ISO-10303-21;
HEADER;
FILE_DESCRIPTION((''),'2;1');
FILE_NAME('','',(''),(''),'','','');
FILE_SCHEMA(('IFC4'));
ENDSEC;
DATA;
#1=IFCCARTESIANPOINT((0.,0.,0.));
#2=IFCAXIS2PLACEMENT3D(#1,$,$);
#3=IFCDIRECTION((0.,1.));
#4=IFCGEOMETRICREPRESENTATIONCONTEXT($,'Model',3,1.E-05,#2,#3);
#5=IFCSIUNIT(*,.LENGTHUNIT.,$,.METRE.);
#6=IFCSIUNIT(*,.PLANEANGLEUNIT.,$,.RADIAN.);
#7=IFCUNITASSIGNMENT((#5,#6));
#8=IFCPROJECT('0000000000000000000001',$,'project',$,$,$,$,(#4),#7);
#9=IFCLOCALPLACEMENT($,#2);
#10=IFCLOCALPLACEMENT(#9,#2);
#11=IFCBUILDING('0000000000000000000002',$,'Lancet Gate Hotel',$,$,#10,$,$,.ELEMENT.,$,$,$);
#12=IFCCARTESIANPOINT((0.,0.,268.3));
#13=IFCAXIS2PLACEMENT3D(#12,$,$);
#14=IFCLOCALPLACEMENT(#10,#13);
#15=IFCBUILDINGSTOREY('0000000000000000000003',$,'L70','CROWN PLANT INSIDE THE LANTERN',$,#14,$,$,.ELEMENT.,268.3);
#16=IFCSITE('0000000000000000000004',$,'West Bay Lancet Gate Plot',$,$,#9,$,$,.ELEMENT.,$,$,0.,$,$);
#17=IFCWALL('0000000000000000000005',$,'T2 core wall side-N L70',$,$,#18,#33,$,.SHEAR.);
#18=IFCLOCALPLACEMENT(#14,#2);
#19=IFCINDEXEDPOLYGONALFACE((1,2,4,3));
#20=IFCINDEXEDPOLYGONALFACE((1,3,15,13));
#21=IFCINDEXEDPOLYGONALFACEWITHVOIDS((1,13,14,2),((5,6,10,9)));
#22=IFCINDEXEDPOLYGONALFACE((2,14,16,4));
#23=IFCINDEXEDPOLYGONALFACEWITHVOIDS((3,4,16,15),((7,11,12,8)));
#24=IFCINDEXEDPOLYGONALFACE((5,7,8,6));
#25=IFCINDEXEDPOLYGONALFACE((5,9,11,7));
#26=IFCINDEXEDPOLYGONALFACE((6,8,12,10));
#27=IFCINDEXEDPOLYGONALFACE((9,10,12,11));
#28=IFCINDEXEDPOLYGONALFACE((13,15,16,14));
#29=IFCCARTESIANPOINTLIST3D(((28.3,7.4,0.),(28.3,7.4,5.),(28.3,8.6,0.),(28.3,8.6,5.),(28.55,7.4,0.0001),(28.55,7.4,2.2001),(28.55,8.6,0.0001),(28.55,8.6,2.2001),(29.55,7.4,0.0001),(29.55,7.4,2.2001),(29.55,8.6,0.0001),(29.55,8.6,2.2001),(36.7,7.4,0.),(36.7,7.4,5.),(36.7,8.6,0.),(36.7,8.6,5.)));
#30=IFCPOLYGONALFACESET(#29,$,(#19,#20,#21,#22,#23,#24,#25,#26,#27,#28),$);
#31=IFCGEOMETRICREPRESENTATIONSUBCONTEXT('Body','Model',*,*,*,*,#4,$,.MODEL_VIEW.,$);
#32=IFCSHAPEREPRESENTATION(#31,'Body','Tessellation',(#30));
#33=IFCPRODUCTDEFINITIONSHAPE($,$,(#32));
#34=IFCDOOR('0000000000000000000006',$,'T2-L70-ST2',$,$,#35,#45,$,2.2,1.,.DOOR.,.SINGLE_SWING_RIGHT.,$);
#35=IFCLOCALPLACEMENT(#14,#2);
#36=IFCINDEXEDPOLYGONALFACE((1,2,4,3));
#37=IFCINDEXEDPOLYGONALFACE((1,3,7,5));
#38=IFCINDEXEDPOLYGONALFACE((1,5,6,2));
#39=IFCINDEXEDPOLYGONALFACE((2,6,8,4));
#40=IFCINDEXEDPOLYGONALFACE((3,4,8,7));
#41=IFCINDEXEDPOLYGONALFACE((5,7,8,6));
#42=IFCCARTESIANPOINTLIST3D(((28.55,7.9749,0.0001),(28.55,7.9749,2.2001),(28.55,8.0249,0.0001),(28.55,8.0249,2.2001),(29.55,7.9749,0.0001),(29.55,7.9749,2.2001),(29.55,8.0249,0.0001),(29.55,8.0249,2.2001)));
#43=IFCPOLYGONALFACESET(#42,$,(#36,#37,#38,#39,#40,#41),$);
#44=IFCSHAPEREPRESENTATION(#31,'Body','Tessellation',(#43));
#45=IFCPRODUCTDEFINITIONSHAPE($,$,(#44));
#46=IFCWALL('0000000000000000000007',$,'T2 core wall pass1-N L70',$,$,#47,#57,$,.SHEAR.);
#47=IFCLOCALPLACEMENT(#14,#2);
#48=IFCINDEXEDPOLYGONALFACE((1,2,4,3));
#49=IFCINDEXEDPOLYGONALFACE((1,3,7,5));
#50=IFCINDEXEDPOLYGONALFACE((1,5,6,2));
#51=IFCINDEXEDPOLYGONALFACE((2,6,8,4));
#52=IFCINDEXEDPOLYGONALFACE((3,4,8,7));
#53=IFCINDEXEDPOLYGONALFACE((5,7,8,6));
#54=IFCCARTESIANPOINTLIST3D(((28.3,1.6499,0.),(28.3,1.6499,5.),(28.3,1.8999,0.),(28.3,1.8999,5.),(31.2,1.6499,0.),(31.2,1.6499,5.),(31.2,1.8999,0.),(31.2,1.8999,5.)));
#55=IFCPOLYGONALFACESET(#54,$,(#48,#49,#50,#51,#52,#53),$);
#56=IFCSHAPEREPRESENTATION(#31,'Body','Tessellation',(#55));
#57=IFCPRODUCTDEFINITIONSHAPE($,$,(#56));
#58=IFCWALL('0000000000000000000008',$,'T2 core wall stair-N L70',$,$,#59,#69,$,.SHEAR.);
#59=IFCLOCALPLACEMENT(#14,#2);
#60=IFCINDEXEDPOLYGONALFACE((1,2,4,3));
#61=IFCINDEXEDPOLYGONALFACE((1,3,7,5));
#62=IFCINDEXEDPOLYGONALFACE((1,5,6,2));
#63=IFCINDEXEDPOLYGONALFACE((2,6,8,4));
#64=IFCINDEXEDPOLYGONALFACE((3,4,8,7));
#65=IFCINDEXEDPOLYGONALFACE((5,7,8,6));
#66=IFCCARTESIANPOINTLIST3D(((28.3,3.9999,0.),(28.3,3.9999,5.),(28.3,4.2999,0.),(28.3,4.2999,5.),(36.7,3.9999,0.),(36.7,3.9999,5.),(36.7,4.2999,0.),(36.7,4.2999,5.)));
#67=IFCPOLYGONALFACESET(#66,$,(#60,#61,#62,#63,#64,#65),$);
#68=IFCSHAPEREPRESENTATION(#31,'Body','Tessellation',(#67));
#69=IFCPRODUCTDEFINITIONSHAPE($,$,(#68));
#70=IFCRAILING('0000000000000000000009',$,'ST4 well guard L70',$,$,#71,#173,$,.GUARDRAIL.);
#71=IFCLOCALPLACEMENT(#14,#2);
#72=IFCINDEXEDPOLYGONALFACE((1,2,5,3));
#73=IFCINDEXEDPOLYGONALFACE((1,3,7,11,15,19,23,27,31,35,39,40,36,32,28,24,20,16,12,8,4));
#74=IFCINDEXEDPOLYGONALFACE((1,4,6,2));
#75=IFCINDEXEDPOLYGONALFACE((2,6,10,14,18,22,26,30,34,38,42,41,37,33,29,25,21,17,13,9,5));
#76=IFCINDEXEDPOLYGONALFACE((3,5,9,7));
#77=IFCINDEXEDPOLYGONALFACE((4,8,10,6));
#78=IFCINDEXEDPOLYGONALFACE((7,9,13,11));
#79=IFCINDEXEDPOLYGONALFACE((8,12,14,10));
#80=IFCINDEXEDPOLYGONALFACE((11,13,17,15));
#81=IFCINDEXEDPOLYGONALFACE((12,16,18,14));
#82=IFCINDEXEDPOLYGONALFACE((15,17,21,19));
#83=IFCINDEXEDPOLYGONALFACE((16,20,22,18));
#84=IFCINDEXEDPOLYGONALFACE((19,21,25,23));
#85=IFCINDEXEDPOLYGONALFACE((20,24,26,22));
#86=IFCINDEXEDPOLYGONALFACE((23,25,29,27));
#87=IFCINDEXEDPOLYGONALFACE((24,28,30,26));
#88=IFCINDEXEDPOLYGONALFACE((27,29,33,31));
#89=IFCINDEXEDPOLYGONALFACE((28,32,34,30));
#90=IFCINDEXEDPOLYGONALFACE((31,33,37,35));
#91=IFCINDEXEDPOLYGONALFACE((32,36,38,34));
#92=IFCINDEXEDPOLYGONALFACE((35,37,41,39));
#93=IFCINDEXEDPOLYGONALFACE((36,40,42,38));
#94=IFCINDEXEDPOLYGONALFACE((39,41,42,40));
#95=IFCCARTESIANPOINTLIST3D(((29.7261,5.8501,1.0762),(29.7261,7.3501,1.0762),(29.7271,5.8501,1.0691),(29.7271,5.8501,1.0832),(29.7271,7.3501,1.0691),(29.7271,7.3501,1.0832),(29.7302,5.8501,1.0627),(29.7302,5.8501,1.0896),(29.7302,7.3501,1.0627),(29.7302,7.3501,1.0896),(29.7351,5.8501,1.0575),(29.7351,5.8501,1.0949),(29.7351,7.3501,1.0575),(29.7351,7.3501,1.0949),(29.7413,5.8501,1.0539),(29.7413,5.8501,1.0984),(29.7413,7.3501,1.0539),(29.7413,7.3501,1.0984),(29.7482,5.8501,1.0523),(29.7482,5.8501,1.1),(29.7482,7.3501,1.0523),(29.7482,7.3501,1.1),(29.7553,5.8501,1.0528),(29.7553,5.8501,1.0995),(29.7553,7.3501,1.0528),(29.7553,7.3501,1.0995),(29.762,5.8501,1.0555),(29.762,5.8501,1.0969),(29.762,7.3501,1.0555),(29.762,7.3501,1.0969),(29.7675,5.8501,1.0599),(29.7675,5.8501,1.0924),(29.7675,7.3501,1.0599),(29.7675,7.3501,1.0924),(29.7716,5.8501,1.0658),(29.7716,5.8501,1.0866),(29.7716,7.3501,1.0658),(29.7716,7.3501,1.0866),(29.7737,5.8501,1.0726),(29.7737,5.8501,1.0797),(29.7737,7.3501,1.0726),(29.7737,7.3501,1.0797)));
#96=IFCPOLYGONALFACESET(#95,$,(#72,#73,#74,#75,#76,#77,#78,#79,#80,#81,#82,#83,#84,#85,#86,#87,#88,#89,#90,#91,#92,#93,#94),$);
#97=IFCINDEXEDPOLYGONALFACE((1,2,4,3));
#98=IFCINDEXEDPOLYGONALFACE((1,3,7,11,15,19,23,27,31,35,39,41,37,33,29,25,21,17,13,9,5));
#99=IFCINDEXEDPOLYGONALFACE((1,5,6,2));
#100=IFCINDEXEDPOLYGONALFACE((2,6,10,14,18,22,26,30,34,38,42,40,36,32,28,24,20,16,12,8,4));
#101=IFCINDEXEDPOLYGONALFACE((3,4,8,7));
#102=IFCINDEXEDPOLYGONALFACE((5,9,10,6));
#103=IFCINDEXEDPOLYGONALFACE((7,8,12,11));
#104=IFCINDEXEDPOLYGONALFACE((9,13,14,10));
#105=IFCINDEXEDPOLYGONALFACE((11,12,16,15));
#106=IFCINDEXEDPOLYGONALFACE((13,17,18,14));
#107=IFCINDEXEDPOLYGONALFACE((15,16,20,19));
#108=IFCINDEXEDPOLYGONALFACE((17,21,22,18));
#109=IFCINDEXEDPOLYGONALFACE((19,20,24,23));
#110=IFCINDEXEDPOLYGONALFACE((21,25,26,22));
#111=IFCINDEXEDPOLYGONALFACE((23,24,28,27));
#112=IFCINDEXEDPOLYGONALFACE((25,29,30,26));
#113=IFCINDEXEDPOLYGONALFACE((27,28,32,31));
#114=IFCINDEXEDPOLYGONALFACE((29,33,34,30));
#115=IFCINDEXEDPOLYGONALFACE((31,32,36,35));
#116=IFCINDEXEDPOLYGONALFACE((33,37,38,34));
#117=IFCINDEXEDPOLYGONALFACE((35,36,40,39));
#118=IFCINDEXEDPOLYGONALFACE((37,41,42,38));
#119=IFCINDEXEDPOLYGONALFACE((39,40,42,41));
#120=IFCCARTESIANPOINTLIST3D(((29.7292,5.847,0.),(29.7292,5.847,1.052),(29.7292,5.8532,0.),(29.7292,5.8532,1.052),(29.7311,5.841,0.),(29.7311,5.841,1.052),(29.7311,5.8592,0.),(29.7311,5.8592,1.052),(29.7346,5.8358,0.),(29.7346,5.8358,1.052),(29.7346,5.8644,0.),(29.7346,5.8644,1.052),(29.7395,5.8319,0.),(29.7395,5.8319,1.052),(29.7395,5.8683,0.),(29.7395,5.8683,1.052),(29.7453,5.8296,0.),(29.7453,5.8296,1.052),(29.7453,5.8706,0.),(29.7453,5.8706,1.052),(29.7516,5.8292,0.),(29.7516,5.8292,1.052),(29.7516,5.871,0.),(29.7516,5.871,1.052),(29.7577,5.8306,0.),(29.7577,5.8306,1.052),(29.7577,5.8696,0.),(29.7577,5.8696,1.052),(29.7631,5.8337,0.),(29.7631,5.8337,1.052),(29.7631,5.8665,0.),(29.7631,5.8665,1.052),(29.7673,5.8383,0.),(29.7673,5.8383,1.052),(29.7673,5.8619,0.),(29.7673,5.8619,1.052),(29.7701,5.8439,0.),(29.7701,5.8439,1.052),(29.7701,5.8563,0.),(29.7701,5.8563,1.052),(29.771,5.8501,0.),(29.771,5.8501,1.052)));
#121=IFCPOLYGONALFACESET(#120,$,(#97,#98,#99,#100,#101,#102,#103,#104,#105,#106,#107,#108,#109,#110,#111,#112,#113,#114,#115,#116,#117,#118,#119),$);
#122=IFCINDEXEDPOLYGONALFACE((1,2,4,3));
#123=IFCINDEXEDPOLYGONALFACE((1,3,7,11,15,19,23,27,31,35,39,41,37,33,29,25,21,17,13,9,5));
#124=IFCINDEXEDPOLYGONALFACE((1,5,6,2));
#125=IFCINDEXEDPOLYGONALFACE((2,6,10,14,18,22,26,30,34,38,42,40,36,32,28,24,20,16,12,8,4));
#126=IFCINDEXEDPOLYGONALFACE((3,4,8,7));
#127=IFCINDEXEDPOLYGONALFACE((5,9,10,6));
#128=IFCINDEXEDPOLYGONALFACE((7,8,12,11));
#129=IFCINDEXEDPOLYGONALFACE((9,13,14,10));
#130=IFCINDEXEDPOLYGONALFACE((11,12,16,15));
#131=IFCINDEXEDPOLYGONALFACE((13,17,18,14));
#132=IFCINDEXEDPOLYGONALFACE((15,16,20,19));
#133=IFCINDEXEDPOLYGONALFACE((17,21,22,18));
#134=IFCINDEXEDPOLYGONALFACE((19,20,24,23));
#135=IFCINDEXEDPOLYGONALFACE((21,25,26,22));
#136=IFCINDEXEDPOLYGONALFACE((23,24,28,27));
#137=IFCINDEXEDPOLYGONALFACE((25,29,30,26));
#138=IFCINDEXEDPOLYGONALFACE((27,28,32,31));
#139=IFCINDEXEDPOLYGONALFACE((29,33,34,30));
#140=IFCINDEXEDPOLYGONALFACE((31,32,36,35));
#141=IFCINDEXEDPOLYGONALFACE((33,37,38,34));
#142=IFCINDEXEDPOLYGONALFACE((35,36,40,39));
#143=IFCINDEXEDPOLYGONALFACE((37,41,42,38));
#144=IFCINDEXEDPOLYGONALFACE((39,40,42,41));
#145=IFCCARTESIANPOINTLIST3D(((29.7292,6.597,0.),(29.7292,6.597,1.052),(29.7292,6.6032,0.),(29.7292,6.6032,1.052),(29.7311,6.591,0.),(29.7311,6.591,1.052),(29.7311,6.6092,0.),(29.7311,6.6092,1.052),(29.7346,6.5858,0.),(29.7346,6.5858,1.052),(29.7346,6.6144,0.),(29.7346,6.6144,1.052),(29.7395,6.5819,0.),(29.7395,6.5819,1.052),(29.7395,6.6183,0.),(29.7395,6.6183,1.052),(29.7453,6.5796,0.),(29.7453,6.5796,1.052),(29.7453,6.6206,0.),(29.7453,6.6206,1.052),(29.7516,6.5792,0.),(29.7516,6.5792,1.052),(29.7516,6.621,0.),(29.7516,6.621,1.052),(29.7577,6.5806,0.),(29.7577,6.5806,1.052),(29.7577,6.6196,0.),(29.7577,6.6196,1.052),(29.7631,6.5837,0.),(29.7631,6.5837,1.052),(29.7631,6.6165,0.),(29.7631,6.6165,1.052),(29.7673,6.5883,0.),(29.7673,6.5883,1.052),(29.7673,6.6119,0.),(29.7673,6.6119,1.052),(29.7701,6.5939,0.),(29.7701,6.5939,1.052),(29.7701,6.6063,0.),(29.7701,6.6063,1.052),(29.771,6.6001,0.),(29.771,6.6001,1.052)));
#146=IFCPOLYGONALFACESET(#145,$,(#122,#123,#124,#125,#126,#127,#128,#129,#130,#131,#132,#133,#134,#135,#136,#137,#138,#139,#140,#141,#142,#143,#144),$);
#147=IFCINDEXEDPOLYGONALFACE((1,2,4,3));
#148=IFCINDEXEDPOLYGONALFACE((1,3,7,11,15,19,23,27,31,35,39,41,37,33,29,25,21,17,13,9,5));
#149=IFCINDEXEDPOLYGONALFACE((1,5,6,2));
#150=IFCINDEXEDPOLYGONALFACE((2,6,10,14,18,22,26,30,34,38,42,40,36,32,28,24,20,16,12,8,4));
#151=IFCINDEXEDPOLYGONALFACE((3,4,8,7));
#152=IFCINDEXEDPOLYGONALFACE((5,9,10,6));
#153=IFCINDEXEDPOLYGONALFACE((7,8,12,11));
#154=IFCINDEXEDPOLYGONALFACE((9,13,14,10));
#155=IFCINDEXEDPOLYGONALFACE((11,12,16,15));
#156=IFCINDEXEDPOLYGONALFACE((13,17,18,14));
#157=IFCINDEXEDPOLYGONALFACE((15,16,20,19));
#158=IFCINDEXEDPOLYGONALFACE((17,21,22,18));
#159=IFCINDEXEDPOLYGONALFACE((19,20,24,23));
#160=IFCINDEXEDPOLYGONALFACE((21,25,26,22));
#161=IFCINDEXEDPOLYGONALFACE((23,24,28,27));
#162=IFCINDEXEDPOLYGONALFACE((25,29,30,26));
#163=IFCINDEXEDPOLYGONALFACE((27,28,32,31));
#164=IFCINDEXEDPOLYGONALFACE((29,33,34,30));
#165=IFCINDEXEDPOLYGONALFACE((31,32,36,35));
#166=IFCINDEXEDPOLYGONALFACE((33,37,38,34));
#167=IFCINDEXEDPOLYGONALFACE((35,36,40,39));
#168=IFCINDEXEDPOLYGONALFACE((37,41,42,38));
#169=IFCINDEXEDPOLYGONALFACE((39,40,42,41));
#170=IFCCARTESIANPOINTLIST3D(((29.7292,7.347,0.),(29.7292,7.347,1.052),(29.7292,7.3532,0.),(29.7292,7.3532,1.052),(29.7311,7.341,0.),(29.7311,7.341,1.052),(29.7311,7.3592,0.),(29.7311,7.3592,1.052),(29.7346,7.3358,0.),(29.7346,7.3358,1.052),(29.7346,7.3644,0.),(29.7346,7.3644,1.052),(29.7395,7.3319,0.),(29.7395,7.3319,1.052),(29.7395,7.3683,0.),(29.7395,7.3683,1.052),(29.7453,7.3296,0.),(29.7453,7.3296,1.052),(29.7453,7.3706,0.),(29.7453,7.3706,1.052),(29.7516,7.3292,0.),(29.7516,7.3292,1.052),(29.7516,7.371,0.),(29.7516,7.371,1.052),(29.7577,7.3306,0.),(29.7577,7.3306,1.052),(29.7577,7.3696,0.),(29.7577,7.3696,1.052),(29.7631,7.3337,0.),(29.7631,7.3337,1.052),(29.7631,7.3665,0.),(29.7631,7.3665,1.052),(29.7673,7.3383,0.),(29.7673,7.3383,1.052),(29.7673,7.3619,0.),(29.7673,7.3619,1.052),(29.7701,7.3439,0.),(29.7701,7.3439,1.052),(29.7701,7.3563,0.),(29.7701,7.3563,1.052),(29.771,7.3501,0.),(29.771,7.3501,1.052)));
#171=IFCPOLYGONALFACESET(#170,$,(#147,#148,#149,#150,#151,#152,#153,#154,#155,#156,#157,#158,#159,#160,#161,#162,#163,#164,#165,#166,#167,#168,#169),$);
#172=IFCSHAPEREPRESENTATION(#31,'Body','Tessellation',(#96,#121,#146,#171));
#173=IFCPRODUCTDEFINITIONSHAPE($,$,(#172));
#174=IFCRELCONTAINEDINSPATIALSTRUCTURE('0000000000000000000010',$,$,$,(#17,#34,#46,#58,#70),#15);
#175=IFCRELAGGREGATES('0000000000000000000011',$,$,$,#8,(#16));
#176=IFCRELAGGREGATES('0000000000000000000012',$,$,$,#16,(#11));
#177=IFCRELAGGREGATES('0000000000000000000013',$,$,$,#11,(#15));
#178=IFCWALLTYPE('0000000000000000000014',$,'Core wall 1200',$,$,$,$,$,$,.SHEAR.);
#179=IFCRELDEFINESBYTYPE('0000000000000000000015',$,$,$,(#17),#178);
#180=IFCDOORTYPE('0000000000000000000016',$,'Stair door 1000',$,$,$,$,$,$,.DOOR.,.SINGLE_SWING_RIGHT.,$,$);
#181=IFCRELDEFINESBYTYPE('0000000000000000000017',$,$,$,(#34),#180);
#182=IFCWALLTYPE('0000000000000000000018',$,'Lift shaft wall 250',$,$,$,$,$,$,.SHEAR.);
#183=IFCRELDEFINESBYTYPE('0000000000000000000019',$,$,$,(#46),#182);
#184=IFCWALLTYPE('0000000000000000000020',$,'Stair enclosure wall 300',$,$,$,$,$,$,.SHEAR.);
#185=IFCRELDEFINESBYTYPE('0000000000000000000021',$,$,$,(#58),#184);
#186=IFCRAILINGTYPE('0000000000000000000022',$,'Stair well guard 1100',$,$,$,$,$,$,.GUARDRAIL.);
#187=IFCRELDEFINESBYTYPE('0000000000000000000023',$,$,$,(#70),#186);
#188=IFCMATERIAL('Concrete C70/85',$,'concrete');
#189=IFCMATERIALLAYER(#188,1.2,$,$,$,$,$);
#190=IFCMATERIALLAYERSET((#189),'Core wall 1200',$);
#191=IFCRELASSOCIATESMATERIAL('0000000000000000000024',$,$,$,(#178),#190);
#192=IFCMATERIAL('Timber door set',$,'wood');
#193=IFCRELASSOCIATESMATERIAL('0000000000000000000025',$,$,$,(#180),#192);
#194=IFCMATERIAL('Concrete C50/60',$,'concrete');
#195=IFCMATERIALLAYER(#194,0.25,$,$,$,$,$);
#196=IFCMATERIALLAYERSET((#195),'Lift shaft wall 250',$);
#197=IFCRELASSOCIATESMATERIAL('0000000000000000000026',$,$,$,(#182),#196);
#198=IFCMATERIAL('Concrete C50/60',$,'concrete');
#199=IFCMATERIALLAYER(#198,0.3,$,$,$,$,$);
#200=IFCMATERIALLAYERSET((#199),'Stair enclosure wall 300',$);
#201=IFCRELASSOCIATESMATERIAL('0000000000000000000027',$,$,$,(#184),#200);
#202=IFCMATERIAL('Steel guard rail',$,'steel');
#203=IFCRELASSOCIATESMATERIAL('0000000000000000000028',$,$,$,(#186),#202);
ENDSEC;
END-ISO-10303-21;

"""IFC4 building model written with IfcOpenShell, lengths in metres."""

from ifc_helpers import new_model, si_unit, direction, frame, frame_2d, origin, origin_2d, place, context, subcontext, project, spatial, rectangle, circle, extrude, material, layer, layer_set, type_object, element, fill, save


model = new_model("IFC4")

# Units and contexts
model_context = context("Model", 3, precision=1e-05, world=origin(), true_north=direction((0.0, 1.0)))
body_context = subcontext(model_context, "Body", "Model", "MODEL_VIEW")
ifc_project = project(units=[si_unit("LENGTHUNIT", "METRE"), si_unit("PLANEANGLEUNIT", "RADIAN")], contexts=[model_context])

# Site, building, storey
site_placement = place(None, origin())
site = spatial("IfcSite", under=ifc_project, at=site_placement, Name="West Bay Lancet Gate Plot", CompositionType="ELEMENT", RefElevation=0.0)
building_placement = place(site_placement, origin())
building = spatial("IfcBuilding", under=site, at=building_placement, Name="Lancet Gate Hotel", CompositionType="ELEMENT")
storey_placement = place(building_placement, frame((0.0, 0.0, 268.3)))
storey = spatial("IfcBuildingStorey", under=building, at=storey_placement, Name="L70", Description="CROWN PLANT INSIDE THE LANTERN", CompositionType="ELEMENT", Elevation=268.3)

# Wall, opening, door
ifc_material_1 = material(Name="Concrete C70/85", Category="concrete")
ifc_layer_1 = layer(ifc_material_1, 1.2)
ifc_layer_set_1 = layer_set([ifc_layer_1], Name="Core wall 1200")
wall_type_1 = type_object("IfcWallType", Name="Core wall 1200", PredefinedType="SHEAR", material=ifc_layer_set_1)
wall_1_placement = place(storey_placement, frame((28.3, 8.0, 0.0), z_axis=(0.0, 0.0, 1.0), x_axis=(1.0, 0.0, 0.0)))
wall_1 = element("IfcWall", 1, at=wall_1_placement, inside=storey, type_object=wall_type_1, Name="T2 core wall side-N L70", PredefinedType="SHEAR", context=body_context, shape_type="SweptSolid", body=[
    extrude(rectangle(XDim=8.3999, YDim=1.2, at=frame_2d((4.2, 0.0))), origin(), (0.0, 0.0, 1.0), 5.0),
])
opening_placement = place(wall_1_placement, frame((0.25, 0.0, 0.0)))
opening = element("IfcOpeningElement", 2, at=opening_placement, cuts=wall_1, PredefinedType="OPENING", context=body_context, shape_type="SweptSolid", body=[
    extrude(rectangle(XDim=1.0, YDim=2.2, at=frame_2d((0.5, 1.1001))), frame((0.0, 0.6099, 0.0), z_axis=(0.0, -1.0, 0.0), x_axis=(1.0, 0.0, 0.0)), (0.0, 0.0, 1.0), 1.22),
])
ifc_material_2 = material(Name="Timber door set", Category="wood")
door_type = type_object("IfcDoorType", Name="Stair door 1000", OperationType="SINGLE_SWING_RIGHT", PredefinedType="DOOR", material=ifc_material_2)
door_placement = place(opening_placement, origin())
door = element("IfcDoor", 3, at=door_placement, inside=storey, type_object=door_type, Name="T2-L70-ST2", OperationType="SINGLE_SWING_RIGHT", OverallHeight=2.2, OverallWidth=1.0, PredefinedType="DOOR", context=body_context, shape_type="SweptSolid", body=[
    extrude(rectangle(XDim=1.0, YDim=2.2, at=frame_2d((0.5, 1.1001))), frame((0.0, 0.0249, 0.0), z_axis=(0.0, -1.0, 0.0), x_axis=(1.0, 0.0, 0.0)), (0.0, 0.0, 1.0), 0.05),
])
fill(opening, door)

# Walls
ifc_material_3 = material(Name="Concrete C50/60", Category="concrete")
ifc_layer_2 = layer(ifc_material_3, 0.25)
ifc_layer_set_2 = layer_set([ifc_layer_2], Name="Lift shaft wall 250")
wall_type_2 = type_object("IfcWallType", Name="Lift shaft wall 250", PredefinedType="SHEAR", material=ifc_layer_set_2)
wall_2_placement = place(storey_placement, frame((28.3, 1.7749, 0.0), z_axis=(0.0, 0.0, 1.0), x_axis=(1.0, 0.0, 0.0)))
element("IfcWall", 4, at=wall_2_placement, inside=storey, type_object=wall_type_2, Name="T2 core wall pass1-N L70", PredefinedType="SHEAR", context=body_context, shape_type="SweptSolid", body=[
    extrude(rectangle(XDim=2.8999, YDim=0.25, at=frame_2d((1.45, 0.0))), origin(), (0.0, 0.0, 1.0), 5.0),
])
ifc_material_4 = material(Name="Concrete C50/60", Category="concrete")
ifc_layer_3 = layer(ifc_material_4, 0.3)
ifc_layer_set_3 = layer_set([ifc_layer_3], Name="Stair enclosure wall 300")
wall_type_3 = type_object("IfcWallType", Name="Stair enclosure wall 300", PredefinedType="SHEAR", material=ifc_layer_set_3)
wall_3_placement = place(storey_placement, frame((28.3, 4.1499, 0.0), z_axis=(0.0, 0.0, 1.0), x_axis=(1.0, 0.0, 0.0)))
element("IfcWall", 5, at=wall_3_placement, inside=storey, type_object=wall_type_3, Name="T2 core wall stair-N L70", PredefinedType="SHEAR", context=body_context, shape_type="SweptSolid", body=[
    extrude(rectangle(XDim=8.3999, YDim=0.3, at=frame_2d((4.2, 0.0))), origin(), (0.0, 0.0, 1.0), 5.0),
])

# Railing
ifc_material_5 = material(Name="Steel guard rail", Category="steel")
railing_type_1 = type_object("IfcRailingType", Name="Stair well guard 1100", PredefinedType="GUARDRAIL", material=ifc_material_5)
railing_1_placement = place(storey_placement, frame((29.75, 5.8501, 0.0)))
element("IfcRailing", 6, at=railing_1_placement, inside=storey, type_object=railing_type_1, Name="ST4 well guard L70", PredefinedType="GUARDRAIL", context=body_context, shape_type="SweptSolid", body=[
    extrude(circle(Radius=0.0239, at=origin_2d()), frame((0.0, 0.0, 1.0762), z_axis=(0.0, 1.0, 0.0), x_axis=(-1.0, 0.0, 0.0)), (0.0, 0.0, 1.0), 1.5),
    extrude(circle(Radius=0.021, at=origin_2d()), origin(), (0.0, 0.0, 1.0), 1.052),
    extrude(circle(Radius=0.021, at=origin_2d()), frame((0.0, 0.75, 0.0)), (0.0, 0.0, 1.0), 1.052),
    extrude(circle(Radius=0.021, at=origin_2d()), frame((0.0, 1.5, 0.0)), (0.0, 0.0, 1.0), 1.052),
])

save(model, "model.ifc")
